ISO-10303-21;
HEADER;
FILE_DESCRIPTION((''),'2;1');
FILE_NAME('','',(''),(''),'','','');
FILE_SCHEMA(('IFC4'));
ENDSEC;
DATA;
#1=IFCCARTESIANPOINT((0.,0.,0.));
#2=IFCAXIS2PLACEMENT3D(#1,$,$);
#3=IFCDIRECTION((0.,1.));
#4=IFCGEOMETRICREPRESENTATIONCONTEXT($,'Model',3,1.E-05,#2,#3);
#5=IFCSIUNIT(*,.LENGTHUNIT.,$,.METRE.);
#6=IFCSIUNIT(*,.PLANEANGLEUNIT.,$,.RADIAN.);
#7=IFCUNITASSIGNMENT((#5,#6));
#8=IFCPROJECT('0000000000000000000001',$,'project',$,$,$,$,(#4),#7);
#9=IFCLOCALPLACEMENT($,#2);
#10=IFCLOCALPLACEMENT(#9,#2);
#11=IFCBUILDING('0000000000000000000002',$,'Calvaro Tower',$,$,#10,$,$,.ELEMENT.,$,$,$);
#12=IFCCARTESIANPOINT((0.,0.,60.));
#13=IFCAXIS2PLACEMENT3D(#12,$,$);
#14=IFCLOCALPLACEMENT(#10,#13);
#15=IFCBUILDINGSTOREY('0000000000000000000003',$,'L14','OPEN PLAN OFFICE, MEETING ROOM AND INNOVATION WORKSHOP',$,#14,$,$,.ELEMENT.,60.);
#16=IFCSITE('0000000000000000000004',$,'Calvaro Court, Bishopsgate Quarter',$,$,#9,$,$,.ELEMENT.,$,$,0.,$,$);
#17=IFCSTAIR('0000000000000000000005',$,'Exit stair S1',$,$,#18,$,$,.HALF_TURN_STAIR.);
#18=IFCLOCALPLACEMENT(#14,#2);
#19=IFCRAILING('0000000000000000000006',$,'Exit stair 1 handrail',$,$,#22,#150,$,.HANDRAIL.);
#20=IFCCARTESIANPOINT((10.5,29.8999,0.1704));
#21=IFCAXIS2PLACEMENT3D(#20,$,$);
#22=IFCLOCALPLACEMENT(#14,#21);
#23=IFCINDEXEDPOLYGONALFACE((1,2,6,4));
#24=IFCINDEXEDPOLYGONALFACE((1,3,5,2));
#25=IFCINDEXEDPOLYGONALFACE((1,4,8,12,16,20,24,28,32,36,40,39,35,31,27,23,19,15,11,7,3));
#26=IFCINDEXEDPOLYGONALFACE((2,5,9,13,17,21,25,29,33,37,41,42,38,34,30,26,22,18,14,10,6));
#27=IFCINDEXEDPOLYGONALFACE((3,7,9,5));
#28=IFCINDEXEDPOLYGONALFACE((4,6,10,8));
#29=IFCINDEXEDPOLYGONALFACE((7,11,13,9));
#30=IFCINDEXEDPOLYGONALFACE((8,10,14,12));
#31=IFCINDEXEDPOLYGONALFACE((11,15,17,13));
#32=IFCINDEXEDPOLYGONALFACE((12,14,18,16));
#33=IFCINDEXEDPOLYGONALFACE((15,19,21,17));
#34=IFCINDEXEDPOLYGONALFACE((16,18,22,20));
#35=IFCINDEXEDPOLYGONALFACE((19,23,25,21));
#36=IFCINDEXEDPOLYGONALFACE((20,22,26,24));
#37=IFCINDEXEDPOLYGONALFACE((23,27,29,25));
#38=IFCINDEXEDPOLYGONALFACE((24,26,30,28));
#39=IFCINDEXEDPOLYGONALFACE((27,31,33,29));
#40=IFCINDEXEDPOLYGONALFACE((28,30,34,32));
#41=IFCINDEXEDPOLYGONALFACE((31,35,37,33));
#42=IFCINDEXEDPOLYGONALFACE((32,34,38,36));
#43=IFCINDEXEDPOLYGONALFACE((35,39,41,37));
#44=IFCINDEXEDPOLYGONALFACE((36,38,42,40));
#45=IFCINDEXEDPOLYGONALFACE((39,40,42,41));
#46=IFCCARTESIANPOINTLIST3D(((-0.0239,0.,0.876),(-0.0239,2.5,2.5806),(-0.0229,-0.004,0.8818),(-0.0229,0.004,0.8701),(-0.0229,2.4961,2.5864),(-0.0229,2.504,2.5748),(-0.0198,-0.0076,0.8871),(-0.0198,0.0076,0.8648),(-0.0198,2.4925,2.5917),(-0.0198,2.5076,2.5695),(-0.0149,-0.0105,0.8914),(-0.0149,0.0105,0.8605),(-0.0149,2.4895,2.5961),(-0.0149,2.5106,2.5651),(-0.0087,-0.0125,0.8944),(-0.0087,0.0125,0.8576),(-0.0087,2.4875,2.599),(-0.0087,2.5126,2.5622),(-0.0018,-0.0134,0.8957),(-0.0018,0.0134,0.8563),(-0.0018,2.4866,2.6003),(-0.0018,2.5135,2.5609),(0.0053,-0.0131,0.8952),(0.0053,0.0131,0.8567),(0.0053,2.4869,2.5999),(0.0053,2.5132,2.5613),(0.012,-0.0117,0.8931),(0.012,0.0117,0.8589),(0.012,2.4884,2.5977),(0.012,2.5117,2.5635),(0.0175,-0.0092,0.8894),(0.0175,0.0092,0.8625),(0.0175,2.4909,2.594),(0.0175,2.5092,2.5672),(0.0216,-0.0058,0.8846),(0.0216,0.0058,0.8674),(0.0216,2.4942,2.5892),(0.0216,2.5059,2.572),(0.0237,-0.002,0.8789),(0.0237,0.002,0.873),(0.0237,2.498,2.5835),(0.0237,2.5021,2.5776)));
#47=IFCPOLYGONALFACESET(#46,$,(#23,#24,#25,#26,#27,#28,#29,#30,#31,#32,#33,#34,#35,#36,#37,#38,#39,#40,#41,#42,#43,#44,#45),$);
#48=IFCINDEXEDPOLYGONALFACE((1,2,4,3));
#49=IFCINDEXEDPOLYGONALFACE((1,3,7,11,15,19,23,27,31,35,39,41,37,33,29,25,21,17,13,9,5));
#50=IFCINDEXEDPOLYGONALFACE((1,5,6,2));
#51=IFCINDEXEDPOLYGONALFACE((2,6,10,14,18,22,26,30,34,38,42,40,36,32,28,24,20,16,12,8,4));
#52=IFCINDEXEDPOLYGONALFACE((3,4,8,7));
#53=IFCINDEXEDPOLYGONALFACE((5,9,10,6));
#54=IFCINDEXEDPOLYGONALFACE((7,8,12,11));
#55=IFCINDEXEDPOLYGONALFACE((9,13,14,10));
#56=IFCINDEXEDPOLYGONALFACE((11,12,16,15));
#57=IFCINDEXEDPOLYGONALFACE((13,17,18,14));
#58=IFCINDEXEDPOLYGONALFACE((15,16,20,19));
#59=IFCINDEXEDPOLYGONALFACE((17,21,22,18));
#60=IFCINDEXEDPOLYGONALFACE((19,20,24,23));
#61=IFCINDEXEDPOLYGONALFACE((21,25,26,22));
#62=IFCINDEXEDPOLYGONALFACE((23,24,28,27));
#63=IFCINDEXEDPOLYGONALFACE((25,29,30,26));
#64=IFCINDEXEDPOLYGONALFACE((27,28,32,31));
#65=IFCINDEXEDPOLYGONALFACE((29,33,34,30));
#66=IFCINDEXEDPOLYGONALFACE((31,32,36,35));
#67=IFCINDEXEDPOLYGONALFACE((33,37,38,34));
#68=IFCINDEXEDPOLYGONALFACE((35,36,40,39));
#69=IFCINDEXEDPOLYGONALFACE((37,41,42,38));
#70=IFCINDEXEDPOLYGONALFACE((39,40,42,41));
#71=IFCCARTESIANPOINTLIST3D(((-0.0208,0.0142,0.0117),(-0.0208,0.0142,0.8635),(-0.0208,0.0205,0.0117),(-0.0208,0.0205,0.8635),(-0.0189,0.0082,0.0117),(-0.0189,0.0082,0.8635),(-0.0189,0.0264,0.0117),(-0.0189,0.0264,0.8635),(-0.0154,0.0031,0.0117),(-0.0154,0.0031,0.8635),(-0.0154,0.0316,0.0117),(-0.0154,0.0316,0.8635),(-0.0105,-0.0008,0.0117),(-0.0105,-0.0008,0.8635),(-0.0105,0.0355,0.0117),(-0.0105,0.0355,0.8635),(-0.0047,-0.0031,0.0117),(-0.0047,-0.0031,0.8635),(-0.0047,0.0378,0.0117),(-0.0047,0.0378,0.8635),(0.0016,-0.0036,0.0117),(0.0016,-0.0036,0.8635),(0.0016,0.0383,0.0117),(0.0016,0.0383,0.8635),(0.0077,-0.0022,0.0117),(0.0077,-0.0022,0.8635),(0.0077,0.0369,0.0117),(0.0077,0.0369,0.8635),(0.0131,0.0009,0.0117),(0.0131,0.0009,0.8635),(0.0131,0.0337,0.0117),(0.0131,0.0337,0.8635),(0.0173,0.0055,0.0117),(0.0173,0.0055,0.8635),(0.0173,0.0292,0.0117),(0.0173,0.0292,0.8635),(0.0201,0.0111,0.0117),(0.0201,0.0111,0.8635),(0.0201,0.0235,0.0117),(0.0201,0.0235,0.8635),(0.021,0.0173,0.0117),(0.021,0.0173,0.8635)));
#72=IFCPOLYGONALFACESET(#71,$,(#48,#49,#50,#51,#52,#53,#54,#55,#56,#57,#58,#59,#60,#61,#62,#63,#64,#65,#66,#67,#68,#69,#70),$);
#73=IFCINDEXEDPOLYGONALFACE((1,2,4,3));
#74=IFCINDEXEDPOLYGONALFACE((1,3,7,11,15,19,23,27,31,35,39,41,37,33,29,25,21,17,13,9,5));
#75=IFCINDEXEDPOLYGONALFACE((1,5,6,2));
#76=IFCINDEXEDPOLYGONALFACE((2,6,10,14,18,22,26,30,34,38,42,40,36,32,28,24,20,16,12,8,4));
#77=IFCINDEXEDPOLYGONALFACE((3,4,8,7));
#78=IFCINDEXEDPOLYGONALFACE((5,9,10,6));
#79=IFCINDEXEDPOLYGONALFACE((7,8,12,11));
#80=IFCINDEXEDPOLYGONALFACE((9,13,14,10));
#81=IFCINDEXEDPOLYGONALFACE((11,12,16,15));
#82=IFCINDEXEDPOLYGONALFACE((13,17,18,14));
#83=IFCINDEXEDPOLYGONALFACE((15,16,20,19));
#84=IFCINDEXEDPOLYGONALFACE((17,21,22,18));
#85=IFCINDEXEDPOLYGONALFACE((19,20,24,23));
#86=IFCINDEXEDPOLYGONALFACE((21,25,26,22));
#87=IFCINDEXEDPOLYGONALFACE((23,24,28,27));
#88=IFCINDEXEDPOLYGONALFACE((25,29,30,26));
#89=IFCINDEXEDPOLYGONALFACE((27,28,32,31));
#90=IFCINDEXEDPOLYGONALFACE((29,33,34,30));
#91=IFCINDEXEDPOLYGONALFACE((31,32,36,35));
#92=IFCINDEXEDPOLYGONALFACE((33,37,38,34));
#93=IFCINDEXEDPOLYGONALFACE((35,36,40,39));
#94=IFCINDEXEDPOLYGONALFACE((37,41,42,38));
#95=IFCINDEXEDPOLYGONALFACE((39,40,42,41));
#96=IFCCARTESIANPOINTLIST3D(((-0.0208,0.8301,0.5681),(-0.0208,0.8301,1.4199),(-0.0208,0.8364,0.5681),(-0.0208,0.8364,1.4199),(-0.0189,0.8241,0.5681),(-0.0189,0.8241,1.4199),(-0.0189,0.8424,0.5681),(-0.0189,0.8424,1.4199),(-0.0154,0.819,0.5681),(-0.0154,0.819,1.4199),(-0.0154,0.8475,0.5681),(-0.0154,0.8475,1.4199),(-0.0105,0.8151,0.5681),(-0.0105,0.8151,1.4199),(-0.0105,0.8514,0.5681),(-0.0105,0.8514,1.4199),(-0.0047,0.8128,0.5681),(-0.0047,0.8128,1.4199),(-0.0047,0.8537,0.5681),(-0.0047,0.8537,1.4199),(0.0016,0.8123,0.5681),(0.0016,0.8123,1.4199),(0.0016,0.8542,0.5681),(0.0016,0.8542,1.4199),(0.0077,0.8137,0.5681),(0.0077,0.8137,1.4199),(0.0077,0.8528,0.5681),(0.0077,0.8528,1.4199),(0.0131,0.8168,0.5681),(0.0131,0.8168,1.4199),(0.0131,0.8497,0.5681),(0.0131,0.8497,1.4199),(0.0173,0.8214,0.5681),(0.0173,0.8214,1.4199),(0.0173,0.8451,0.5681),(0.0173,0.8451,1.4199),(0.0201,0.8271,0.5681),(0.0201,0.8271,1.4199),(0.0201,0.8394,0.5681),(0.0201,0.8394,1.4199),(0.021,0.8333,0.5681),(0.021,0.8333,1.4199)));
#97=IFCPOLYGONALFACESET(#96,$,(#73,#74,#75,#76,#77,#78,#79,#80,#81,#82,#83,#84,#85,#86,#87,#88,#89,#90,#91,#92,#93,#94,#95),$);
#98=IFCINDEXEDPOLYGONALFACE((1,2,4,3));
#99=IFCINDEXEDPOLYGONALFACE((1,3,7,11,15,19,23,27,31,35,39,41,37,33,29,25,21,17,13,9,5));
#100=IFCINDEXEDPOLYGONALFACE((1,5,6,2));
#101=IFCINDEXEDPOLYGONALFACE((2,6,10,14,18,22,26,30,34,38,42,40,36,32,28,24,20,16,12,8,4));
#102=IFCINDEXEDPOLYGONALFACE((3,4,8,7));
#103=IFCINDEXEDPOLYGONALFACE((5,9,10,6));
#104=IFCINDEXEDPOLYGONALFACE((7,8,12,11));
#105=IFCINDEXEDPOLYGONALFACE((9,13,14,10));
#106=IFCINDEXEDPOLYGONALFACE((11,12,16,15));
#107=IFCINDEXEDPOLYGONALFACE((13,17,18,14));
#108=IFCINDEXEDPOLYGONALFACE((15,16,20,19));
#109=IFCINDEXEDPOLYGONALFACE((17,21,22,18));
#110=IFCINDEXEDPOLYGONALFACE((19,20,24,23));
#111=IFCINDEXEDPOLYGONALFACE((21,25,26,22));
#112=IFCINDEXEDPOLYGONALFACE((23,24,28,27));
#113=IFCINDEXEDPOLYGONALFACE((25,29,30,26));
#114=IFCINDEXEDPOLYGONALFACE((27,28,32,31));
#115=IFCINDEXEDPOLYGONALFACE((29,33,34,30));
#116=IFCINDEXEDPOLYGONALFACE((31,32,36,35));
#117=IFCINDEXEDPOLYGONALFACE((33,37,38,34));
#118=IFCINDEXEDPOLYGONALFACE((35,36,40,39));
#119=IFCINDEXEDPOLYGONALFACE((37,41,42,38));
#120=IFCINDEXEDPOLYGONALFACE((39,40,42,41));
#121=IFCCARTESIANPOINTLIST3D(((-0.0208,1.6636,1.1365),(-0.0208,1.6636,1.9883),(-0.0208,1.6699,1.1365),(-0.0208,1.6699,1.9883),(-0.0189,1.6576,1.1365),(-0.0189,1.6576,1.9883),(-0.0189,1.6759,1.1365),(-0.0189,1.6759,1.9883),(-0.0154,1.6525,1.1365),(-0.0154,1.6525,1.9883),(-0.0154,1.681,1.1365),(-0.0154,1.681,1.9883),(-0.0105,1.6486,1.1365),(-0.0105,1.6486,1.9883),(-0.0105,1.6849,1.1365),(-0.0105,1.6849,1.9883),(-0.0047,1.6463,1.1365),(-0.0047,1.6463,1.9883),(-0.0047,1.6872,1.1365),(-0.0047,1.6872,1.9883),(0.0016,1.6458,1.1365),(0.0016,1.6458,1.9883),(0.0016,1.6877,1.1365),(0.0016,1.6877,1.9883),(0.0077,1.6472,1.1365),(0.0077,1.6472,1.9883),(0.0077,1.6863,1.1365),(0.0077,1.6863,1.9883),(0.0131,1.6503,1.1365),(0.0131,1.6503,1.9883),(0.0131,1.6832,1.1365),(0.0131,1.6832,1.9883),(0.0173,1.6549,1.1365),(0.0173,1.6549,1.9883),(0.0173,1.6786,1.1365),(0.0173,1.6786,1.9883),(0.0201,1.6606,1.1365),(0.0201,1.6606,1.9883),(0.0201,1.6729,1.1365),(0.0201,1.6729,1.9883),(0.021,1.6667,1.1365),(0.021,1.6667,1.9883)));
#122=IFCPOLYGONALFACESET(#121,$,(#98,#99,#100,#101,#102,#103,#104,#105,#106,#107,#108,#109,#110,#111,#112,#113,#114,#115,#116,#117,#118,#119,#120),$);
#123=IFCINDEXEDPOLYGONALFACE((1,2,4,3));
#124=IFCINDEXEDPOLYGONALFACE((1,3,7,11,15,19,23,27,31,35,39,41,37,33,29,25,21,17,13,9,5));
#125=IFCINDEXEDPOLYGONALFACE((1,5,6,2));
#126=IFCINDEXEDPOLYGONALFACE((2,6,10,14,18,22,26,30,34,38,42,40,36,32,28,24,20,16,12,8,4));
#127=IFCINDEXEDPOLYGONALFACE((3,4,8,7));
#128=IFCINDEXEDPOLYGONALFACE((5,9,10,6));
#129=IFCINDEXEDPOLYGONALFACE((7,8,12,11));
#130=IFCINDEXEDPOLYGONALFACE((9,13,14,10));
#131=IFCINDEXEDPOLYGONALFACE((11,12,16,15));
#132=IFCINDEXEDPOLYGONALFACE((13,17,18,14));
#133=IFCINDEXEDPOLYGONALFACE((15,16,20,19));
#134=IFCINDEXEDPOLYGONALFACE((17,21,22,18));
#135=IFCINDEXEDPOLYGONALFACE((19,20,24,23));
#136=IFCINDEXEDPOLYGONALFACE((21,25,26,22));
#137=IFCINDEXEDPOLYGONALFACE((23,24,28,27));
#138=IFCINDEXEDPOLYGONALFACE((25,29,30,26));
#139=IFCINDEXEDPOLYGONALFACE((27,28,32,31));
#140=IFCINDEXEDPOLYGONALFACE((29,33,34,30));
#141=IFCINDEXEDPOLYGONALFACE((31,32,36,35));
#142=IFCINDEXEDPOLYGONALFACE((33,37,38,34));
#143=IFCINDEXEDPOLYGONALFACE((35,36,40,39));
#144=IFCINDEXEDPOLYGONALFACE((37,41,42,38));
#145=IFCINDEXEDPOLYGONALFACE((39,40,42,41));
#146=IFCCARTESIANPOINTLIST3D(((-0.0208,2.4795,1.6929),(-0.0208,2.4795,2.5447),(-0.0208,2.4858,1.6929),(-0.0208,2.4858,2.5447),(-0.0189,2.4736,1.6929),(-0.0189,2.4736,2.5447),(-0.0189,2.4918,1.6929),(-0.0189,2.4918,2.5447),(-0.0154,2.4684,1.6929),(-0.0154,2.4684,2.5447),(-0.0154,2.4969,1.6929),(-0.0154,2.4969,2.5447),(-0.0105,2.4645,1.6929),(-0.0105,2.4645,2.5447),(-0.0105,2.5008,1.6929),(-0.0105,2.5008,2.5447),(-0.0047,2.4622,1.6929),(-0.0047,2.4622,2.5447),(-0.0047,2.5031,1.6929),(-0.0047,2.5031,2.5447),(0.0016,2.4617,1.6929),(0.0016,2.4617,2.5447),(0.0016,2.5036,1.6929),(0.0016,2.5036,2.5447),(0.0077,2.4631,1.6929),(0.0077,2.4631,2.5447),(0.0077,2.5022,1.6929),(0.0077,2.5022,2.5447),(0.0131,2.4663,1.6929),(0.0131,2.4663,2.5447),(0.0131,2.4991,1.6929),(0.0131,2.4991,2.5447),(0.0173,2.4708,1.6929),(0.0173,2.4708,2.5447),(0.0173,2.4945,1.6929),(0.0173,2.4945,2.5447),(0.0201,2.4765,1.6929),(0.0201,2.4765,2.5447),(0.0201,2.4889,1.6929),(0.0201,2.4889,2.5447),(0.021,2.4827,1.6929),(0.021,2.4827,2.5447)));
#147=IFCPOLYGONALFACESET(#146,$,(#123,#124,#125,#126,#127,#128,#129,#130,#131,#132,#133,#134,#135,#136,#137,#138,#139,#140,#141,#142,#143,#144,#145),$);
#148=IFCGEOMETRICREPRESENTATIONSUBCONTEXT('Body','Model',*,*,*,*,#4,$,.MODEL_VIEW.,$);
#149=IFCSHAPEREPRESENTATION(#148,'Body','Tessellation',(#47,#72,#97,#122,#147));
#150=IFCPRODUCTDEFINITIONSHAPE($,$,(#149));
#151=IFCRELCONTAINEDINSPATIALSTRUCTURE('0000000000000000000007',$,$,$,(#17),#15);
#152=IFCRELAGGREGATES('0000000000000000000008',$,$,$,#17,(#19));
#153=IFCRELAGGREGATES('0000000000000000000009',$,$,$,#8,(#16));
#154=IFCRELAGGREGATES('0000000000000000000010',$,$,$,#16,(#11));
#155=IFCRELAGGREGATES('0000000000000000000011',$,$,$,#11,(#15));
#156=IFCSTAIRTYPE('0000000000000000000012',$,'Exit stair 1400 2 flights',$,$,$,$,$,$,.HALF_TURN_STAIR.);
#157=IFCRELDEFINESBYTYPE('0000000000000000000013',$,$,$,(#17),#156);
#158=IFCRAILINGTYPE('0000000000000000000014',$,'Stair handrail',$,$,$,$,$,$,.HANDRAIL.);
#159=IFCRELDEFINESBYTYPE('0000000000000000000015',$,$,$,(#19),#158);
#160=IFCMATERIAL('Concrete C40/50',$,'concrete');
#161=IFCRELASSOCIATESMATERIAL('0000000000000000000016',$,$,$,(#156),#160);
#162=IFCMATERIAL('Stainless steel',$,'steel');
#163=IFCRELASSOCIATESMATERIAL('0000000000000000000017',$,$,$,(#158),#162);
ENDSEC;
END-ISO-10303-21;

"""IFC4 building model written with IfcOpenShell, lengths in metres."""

from ifc_helpers import new_model, si_unit, direction, frame, origin, origin_2d, place, context, subcontext, project, spatial, circle, extrude, material, type_object, element, aggregate, save


model = new_model("IFC4")

# Units and contexts
model_context = context("Model", 3, precision=1e-05, world=origin(), true_north=direction((0.0, 1.0)))
body_context = subcontext(model_context, "Body", "Model", "MODEL_VIEW")
ifc_project = project(units=[si_unit("LENGTHUNIT", "METRE"), si_unit("PLANEANGLEUNIT", "RADIAN")], contexts=[model_context])

# Site, building, storey
site_placement = place(None, origin())
site = spatial("IfcSite", under=ifc_project, at=site_placement, Name="Calvaro Court, Bishopsgate Quarter", CompositionType="ELEMENT", RefElevation=0.0)
building_placement = place(site_placement, origin())
building = spatial("IfcBuilding", under=site, at=building_placement, Name="Calvaro Tower", CompositionType="ELEMENT")
storey_placement = place(building_placement, frame((0.0, 0.0, 60.0)))
storey = spatial("IfcBuildingStorey", under=building, at=storey_placement, Name="L14", Description="OPEN PLAN OFFICE, MEETING ROOM AND INNOVATION WORKSHOP", CompositionType="ELEMENT", Elevation=60.0)

# Stair, railing
ifc_material_1 = material(Name="Concrete C40/50", Category="concrete")
stair_type = type_object("IfcStairType", Name="Exit stair 1400 2 flights", PredefinedType="HALF_TURN_STAIR", material=ifc_material_1)
stair_placement = place(storey_placement, origin())
stair = element("IfcStair", 1, at=stair_placement, inside=storey, type_object=stair_type, Name="Exit stair S1", PredefinedType="HALF_TURN_STAIR")
ifc_material_2 = material(Name="Stainless steel", Category="steel")
railing_type = type_object("IfcRailingType", Name="Stair handrail", PredefinedType="HANDRAIL", material=ifc_material_2)
railing_placement = place(storey_placement, frame((10.5, 29.8999, 0.1704)))
railing = element("IfcRailing", 2, at=railing_placement, type_object=railing_type, Name="Exit stair 1 handrail", PredefinedType="HANDRAIL", context=body_context, shape_type="SweptSolid", body=[
    extrude(circle(Radius=0.0239, at=origin_2d()), frame((0.0, 0.0, 0.876), z_axis=(0.0, 0.826221, 0.563347), x_axis=(-1.0, 0.0, 0.0)), (0.0, 0.0, 1.0), 3.0259),
    extrude(circle(Radius=0.021, at=origin_2d()), frame((0.0, 0.0173, 0.0117)), (0.0, 0.0, 1.0), 0.8518),
    extrude(circle(Radius=0.021, at=origin_2d()), frame((0.0, 0.8333, 0.5681)), (0.0, 0.0, 1.0), 0.8518),
    extrude(circle(Radius=0.021, at=origin_2d()), frame((0.0, 1.6667, 1.1365)), (0.0, 0.0, 1.0), 0.8518),
    extrude(circle(Radius=0.021, at=origin_2d()), frame((0.0, 2.4827, 1.6929)), (0.0, 0.0, 1.0), 0.8518),
])
aggregate(stair, [railing])

save(model, "model.ifc")
